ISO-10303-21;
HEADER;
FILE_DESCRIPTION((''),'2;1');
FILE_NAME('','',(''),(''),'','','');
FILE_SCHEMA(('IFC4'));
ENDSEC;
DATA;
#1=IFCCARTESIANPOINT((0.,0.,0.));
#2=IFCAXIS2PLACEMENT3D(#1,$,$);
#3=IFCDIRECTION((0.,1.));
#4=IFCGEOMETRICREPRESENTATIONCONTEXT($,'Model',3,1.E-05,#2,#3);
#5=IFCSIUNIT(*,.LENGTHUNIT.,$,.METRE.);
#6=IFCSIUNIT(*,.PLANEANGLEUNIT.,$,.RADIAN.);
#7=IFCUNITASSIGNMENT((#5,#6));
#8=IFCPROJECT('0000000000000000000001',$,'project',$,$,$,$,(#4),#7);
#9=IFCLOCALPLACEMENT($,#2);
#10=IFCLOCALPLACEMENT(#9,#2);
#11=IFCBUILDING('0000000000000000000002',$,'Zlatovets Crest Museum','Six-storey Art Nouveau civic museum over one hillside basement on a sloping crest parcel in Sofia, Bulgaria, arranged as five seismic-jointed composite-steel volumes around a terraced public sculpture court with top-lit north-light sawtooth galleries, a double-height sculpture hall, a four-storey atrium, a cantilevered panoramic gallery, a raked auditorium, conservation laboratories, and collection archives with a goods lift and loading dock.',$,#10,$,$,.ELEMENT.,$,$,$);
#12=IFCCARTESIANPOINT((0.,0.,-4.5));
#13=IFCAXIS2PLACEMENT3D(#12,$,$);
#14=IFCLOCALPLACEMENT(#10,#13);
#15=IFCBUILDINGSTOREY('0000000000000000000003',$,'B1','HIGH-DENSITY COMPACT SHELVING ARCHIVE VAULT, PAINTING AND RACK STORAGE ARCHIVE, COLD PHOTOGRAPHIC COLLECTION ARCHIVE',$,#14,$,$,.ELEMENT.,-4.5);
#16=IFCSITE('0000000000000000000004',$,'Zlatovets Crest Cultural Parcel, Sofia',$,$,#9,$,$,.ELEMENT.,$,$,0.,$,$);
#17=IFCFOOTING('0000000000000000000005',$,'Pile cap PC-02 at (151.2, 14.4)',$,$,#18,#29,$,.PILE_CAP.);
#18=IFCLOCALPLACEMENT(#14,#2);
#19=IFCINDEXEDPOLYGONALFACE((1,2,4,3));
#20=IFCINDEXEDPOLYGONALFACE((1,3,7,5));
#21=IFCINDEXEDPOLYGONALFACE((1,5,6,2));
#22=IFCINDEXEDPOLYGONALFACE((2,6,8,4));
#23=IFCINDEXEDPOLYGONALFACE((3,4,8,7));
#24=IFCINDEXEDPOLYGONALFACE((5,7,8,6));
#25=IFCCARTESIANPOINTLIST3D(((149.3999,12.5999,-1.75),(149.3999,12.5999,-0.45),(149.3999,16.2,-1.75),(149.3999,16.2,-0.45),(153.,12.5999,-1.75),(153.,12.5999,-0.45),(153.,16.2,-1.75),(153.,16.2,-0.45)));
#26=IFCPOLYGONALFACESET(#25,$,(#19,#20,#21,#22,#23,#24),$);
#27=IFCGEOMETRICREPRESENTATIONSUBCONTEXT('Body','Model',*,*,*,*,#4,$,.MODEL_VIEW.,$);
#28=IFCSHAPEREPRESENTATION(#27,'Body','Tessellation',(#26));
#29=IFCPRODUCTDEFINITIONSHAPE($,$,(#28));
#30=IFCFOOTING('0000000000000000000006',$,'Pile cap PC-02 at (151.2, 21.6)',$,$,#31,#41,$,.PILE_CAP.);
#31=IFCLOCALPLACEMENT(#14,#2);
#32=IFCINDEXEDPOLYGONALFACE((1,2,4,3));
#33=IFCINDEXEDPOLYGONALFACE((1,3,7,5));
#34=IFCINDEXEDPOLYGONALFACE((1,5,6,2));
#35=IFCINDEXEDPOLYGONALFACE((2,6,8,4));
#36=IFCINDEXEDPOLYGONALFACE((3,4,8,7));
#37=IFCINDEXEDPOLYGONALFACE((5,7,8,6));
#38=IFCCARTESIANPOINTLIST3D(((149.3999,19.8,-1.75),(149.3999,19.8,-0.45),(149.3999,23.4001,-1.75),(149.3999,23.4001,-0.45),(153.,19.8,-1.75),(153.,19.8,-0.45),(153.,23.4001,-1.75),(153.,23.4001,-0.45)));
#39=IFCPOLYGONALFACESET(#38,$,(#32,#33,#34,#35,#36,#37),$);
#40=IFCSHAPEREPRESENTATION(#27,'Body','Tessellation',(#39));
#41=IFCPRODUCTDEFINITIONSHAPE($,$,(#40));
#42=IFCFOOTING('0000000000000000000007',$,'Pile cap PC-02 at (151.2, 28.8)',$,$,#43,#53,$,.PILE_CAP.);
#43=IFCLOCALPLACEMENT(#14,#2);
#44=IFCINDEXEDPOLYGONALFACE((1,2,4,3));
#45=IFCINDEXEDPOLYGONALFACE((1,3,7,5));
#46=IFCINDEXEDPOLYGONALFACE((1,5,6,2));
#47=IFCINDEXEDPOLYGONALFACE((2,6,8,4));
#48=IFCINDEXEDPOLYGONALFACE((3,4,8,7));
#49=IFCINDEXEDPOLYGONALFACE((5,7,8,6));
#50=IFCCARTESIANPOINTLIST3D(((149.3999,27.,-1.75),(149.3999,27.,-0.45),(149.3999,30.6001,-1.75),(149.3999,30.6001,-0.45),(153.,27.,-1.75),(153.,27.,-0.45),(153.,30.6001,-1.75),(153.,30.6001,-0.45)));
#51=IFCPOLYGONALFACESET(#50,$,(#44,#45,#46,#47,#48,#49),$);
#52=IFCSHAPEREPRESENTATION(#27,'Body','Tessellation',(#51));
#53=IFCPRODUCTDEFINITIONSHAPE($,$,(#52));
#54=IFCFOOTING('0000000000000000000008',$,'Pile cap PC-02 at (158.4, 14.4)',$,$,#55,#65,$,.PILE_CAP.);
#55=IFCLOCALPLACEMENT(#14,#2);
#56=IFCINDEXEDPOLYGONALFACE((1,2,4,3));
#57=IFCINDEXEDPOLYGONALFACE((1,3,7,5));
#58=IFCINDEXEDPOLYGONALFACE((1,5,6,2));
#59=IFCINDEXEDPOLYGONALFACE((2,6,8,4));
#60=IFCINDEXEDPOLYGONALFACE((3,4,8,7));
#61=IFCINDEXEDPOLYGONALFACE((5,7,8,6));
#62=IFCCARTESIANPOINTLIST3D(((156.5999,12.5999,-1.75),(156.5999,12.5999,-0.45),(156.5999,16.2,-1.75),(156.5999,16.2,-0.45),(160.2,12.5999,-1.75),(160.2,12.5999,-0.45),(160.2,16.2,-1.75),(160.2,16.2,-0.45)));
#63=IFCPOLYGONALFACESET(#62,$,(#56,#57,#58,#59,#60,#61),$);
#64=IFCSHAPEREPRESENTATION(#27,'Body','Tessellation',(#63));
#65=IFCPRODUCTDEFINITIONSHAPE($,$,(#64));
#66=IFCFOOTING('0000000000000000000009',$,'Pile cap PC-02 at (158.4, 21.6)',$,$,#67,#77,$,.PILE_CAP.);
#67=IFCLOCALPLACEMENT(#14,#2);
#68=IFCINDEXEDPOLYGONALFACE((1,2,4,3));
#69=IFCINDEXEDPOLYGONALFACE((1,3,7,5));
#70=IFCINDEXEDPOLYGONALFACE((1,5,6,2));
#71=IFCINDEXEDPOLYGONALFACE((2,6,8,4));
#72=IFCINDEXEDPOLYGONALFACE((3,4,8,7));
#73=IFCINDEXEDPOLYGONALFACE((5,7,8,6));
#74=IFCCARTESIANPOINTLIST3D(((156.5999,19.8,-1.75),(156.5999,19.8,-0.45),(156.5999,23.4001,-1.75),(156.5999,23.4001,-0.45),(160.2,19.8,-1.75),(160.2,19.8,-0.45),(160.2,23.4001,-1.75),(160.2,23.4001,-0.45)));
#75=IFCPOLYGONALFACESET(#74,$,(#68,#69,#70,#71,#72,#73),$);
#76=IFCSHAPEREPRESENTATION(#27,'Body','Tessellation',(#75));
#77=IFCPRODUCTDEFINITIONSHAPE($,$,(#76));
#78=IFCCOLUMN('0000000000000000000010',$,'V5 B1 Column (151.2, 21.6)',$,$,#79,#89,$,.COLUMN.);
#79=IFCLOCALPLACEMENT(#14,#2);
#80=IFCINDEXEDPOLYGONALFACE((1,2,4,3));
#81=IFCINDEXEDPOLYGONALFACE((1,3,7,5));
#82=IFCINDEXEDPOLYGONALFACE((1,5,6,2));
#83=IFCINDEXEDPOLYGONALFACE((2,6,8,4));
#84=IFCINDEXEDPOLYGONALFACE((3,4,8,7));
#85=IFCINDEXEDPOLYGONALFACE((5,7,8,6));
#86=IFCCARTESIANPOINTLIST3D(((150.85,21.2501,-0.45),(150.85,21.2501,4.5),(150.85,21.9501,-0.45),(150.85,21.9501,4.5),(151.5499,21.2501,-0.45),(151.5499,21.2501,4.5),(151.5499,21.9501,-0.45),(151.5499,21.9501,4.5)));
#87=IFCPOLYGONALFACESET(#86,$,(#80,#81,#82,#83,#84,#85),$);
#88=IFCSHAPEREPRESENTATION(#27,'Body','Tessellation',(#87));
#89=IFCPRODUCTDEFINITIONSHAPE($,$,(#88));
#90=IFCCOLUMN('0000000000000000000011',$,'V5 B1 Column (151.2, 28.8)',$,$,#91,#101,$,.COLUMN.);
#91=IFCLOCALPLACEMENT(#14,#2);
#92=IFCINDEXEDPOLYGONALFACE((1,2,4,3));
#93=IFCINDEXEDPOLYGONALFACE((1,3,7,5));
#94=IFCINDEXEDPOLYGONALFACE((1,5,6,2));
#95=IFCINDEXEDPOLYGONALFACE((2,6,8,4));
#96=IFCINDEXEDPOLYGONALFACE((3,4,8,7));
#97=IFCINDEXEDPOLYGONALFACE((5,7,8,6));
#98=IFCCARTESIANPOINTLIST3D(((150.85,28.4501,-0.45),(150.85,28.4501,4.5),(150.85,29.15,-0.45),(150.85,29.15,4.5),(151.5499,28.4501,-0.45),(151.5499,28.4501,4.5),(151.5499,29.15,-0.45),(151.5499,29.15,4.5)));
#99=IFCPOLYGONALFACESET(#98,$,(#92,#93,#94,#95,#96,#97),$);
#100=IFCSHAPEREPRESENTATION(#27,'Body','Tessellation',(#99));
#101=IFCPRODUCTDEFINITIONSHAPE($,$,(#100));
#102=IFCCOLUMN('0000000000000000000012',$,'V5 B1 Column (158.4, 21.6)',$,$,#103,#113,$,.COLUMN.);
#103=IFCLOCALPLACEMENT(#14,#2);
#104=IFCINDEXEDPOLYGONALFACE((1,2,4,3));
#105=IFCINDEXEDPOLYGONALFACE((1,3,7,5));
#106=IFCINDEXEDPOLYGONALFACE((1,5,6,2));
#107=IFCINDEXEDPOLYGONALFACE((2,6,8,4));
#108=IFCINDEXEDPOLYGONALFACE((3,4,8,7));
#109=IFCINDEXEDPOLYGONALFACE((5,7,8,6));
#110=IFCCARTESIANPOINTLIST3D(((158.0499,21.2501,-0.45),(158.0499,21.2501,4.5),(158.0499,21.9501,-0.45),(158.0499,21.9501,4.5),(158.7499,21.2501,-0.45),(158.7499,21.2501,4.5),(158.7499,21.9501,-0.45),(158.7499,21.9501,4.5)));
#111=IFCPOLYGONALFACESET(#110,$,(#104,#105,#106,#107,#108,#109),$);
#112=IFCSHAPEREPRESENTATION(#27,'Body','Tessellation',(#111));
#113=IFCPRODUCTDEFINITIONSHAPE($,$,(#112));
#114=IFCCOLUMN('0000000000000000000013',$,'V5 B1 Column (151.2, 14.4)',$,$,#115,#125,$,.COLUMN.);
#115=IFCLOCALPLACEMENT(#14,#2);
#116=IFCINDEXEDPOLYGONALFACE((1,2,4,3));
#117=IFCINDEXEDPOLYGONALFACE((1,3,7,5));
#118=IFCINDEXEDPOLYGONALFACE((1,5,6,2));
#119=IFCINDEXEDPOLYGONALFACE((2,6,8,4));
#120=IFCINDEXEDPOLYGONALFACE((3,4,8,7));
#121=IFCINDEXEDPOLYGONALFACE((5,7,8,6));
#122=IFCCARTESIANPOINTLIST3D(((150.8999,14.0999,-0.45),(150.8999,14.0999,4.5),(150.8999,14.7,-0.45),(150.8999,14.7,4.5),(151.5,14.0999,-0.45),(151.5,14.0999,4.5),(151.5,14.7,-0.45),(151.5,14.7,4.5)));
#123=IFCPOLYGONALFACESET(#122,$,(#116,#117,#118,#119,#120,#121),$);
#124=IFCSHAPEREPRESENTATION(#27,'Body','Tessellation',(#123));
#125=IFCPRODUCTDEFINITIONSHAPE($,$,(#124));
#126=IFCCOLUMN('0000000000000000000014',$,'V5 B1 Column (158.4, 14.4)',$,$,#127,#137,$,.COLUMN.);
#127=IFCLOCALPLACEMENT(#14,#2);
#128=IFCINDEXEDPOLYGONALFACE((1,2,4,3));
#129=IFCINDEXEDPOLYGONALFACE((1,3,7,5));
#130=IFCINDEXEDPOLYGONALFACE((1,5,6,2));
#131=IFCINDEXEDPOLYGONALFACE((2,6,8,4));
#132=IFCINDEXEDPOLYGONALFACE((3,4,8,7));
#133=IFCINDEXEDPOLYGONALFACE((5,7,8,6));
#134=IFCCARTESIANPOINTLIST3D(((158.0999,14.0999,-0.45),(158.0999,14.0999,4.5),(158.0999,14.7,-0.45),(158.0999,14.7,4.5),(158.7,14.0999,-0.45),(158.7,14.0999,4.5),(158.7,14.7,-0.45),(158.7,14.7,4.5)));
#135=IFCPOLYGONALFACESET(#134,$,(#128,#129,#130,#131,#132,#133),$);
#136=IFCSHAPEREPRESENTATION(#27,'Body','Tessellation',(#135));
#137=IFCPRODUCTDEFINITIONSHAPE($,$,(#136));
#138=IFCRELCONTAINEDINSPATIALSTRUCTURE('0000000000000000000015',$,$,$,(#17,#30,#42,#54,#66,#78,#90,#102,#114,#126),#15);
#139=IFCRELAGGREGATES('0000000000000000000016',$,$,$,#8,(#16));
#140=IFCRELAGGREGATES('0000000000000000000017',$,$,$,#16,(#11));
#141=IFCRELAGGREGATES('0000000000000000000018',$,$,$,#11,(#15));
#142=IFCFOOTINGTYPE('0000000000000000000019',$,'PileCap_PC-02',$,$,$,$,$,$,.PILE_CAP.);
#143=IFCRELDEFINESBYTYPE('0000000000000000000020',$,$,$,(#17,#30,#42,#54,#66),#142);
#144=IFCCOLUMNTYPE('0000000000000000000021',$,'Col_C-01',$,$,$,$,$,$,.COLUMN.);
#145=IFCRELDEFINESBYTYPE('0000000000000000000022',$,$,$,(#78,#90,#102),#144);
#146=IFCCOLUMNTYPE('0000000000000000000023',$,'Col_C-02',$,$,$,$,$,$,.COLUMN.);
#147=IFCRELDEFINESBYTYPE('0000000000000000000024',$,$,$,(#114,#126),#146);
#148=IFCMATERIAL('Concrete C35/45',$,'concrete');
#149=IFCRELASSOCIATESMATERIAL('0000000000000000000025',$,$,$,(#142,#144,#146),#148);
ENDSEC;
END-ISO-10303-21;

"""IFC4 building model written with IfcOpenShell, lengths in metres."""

from ifc_helpers import new_model, si_unit, direction, frame, origin, origin_2d, place, context, subcontext, project, spatial, rectangle, extrude, material, material_profile, profile_set, type_object, element, save


model = new_model("IFC4")

# Units and contexts
model_context = context("Model", 3, precision=1e-05, world=origin(), true_north=direction((0.0, 1.0)))
body_context = subcontext(model_context, "Body", "Model", "MODEL_VIEW")
ifc_project = project(units=[si_unit("LENGTHUNIT", "METRE"), si_unit("PLANEANGLEUNIT", "RADIAN")], contexts=[model_context])

# Site, building, storey
site_placement = place(None, origin())
site = spatial("IfcSite", under=ifc_project, at=site_placement, Name="Zlatovets Crest Cultural Parcel, Sofia", CompositionType="ELEMENT", RefElevation=0.0)
building_placement = place(site_placement, origin())
building = spatial("IfcBuilding", under=site, at=building_placement, Name="Zlatovets Crest Museum", Description="Six-storey Art Nouveau civic museum over one hillside basement on a sloping crest parcel in Sofia, Bulgaria, arranged as five seismic-jointed composite-steel volumes around a terraced public sculpture court with top-lit north-light sawtooth galleries, a double-height sculpture hall, a four-storey atrium, a cantilevered panoramic gallery, a raked auditorium, conservation laboratories, and collection archives with a goods lift and loading dock.", CompositionType="ELEMENT")
storey_placement = place(building_placement, frame((0.0, 0.0, -4.5)))
storey = spatial("IfcBuildingStorey", under=building, at=storey_placement, Name="B1", Description="HIGH-DENSITY COMPACT SHELVING ARCHIVE VAULT, PAINTING AND RACK STORAGE ARCHIVE, COLD PHOTOGRAPHIC COLLECTION ARCHIVE", CompositionType="ELEMENT", Elevation=-4.5)

# Shared definitions
ifc_material = material(Name="Concrete C35/45", Category="concrete")

# Footings
footing_type_1 = type_object("IfcFootingType", Name="PileCap_PC-02", PredefinedType="PILE_CAP", material=ifc_material)
for number, where, z_axis, x_axis, name in (
    (1, (151.2, 14.3999, -1.75), (0.0, 0.0, 1.0), (1.0, 0.0, 0.0), "Pile cap PC-02 at (151.2, 14.4)"),
    (2, (151.2, 21.6001, -1.75), (0.0, 0.0, 1.0), (1.0, 0.0, 0.0), "Pile cap PC-02 at (151.2, 21.6)"),
    (3, (151.2, 28.8, -1.75), (0.0, 0.0, 1.0), (1.0, 0.0, 0.0), "Pile cap PC-02 at (151.2, 28.8)"),
    (4, (158.3999, 14.3999, -1.75), (0.0, 0.0, 1.0), (1.0, 0.0, 0.0), "Pile cap PC-02 at (158.4, 14.4)"),
    (5, (158.3999, 21.6001, -1.75), (0.0, 0.0, 1.0), (1.0, 0.0, 0.0), "Pile cap PC-02 at (158.4, 21.6)"),
):
    element("IfcFooting", number, at=place(storey_placement, frame(where, z_axis=z_axis, x_axis=x_axis)), inside=storey, type_object=footing_type_1, Name=name, PredefinedType="PILE_CAP", context=body_context, shape_type="SweptSolid", body=[
        extrude(rectangle(XDim=3.6001, YDim=3.6001, at=origin_2d()), origin(), (0.0, 0.0, 1.0), 1.3),
    ])

# Columns
ifc_material_profile_1 = material_profile(ifc_material, rectangle(XDim=0.7, YDim=0.7, at=origin_2d()), Name="RC 700x700")
ifc_profile_set_1 = profile_set([ifc_material_profile_1], Name="Concrete C35/45")
column_type_1 = type_object("IfcColumnType", Name="Col_C-01", PredefinedType="COLUMN", material=ifc_profile_set_1)
for number, where, z_axis, x_axis, name in (
    (6, (151.2, 21.6001, -0.45), (0.0, 0.0, 1.0), (1.0, 0.0, 0.0), "V5 B1 Column (151.2, 21.6)"),
    (7, (151.2, 28.8, -0.45), (0.0, 0.0, 1.0), (0.0, 1.0, 0.0), "V5 B1 Column (151.2, 28.8)"),
    (8, (158.3999, 21.6001, -0.45), (0.0, 0.0, 1.0), (0.0, 1.0, 0.0), "V5 B1 Column (158.4, 21.6)"),
):
    element("IfcColumn", number, at=place(storey_placement, frame(where, z_axis=z_axis, x_axis=x_axis)), inside=storey, type_object=column_type_1, Name=name, PredefinedType="COLUMN", context=body_context, shape_type="SweptSolid", body=[
        extrude(rectangle(XDim=0.7, YDim=0.7, at=origin_2d()), origin(), (0.0, 0.0, 1.0), 4.95),
    ])
ifc_material_profile_2 = material_profile(ifc_material, rectangle(XDim=0.6001, YDim=0.6001, at=origin_2d()), Name="RC 600x600")
ifc_profile_set_2 = profile_set([ifc_material_profile_2], Name="Concrete C35/45")
column_type_2 = type_object("IfcColumnType", Name="Col_C-02", PredefinedType="COLUMN", material=ifc_profile_set_2)
for number, where, z_axis, x_axis, name in (
    (9, (151.2, 14.3999, -0.45), (0.0, 0.0, 1.0), (0.0, 1.0, 0.0), "V5 B1 Column (151.2, 14.4)"),
    (10, (158.3999, 14.3999, -0.45), (0.0, 0.0, 1.0), (1.0, 0.0, 0.0), "V5 B1 Column (158.4, 14.4)"),
):
    element("IfcColumn", number, at=place(storey_placement, frame(where, z_axis=z_axis, x_axis=x_axis)), inside=storey, type_object=column_type_2, Name=name, PredefinedType="COLUMN", context=body_context, shape_type="SweptSolid", body=[
        extrude(rectangle(XDim=0.6001, YDim=0.6001, at=origin_2d()), origin(), (0.0, 0.0, 1.0), 4.95),
    ])

save(model, "model.ifc")
